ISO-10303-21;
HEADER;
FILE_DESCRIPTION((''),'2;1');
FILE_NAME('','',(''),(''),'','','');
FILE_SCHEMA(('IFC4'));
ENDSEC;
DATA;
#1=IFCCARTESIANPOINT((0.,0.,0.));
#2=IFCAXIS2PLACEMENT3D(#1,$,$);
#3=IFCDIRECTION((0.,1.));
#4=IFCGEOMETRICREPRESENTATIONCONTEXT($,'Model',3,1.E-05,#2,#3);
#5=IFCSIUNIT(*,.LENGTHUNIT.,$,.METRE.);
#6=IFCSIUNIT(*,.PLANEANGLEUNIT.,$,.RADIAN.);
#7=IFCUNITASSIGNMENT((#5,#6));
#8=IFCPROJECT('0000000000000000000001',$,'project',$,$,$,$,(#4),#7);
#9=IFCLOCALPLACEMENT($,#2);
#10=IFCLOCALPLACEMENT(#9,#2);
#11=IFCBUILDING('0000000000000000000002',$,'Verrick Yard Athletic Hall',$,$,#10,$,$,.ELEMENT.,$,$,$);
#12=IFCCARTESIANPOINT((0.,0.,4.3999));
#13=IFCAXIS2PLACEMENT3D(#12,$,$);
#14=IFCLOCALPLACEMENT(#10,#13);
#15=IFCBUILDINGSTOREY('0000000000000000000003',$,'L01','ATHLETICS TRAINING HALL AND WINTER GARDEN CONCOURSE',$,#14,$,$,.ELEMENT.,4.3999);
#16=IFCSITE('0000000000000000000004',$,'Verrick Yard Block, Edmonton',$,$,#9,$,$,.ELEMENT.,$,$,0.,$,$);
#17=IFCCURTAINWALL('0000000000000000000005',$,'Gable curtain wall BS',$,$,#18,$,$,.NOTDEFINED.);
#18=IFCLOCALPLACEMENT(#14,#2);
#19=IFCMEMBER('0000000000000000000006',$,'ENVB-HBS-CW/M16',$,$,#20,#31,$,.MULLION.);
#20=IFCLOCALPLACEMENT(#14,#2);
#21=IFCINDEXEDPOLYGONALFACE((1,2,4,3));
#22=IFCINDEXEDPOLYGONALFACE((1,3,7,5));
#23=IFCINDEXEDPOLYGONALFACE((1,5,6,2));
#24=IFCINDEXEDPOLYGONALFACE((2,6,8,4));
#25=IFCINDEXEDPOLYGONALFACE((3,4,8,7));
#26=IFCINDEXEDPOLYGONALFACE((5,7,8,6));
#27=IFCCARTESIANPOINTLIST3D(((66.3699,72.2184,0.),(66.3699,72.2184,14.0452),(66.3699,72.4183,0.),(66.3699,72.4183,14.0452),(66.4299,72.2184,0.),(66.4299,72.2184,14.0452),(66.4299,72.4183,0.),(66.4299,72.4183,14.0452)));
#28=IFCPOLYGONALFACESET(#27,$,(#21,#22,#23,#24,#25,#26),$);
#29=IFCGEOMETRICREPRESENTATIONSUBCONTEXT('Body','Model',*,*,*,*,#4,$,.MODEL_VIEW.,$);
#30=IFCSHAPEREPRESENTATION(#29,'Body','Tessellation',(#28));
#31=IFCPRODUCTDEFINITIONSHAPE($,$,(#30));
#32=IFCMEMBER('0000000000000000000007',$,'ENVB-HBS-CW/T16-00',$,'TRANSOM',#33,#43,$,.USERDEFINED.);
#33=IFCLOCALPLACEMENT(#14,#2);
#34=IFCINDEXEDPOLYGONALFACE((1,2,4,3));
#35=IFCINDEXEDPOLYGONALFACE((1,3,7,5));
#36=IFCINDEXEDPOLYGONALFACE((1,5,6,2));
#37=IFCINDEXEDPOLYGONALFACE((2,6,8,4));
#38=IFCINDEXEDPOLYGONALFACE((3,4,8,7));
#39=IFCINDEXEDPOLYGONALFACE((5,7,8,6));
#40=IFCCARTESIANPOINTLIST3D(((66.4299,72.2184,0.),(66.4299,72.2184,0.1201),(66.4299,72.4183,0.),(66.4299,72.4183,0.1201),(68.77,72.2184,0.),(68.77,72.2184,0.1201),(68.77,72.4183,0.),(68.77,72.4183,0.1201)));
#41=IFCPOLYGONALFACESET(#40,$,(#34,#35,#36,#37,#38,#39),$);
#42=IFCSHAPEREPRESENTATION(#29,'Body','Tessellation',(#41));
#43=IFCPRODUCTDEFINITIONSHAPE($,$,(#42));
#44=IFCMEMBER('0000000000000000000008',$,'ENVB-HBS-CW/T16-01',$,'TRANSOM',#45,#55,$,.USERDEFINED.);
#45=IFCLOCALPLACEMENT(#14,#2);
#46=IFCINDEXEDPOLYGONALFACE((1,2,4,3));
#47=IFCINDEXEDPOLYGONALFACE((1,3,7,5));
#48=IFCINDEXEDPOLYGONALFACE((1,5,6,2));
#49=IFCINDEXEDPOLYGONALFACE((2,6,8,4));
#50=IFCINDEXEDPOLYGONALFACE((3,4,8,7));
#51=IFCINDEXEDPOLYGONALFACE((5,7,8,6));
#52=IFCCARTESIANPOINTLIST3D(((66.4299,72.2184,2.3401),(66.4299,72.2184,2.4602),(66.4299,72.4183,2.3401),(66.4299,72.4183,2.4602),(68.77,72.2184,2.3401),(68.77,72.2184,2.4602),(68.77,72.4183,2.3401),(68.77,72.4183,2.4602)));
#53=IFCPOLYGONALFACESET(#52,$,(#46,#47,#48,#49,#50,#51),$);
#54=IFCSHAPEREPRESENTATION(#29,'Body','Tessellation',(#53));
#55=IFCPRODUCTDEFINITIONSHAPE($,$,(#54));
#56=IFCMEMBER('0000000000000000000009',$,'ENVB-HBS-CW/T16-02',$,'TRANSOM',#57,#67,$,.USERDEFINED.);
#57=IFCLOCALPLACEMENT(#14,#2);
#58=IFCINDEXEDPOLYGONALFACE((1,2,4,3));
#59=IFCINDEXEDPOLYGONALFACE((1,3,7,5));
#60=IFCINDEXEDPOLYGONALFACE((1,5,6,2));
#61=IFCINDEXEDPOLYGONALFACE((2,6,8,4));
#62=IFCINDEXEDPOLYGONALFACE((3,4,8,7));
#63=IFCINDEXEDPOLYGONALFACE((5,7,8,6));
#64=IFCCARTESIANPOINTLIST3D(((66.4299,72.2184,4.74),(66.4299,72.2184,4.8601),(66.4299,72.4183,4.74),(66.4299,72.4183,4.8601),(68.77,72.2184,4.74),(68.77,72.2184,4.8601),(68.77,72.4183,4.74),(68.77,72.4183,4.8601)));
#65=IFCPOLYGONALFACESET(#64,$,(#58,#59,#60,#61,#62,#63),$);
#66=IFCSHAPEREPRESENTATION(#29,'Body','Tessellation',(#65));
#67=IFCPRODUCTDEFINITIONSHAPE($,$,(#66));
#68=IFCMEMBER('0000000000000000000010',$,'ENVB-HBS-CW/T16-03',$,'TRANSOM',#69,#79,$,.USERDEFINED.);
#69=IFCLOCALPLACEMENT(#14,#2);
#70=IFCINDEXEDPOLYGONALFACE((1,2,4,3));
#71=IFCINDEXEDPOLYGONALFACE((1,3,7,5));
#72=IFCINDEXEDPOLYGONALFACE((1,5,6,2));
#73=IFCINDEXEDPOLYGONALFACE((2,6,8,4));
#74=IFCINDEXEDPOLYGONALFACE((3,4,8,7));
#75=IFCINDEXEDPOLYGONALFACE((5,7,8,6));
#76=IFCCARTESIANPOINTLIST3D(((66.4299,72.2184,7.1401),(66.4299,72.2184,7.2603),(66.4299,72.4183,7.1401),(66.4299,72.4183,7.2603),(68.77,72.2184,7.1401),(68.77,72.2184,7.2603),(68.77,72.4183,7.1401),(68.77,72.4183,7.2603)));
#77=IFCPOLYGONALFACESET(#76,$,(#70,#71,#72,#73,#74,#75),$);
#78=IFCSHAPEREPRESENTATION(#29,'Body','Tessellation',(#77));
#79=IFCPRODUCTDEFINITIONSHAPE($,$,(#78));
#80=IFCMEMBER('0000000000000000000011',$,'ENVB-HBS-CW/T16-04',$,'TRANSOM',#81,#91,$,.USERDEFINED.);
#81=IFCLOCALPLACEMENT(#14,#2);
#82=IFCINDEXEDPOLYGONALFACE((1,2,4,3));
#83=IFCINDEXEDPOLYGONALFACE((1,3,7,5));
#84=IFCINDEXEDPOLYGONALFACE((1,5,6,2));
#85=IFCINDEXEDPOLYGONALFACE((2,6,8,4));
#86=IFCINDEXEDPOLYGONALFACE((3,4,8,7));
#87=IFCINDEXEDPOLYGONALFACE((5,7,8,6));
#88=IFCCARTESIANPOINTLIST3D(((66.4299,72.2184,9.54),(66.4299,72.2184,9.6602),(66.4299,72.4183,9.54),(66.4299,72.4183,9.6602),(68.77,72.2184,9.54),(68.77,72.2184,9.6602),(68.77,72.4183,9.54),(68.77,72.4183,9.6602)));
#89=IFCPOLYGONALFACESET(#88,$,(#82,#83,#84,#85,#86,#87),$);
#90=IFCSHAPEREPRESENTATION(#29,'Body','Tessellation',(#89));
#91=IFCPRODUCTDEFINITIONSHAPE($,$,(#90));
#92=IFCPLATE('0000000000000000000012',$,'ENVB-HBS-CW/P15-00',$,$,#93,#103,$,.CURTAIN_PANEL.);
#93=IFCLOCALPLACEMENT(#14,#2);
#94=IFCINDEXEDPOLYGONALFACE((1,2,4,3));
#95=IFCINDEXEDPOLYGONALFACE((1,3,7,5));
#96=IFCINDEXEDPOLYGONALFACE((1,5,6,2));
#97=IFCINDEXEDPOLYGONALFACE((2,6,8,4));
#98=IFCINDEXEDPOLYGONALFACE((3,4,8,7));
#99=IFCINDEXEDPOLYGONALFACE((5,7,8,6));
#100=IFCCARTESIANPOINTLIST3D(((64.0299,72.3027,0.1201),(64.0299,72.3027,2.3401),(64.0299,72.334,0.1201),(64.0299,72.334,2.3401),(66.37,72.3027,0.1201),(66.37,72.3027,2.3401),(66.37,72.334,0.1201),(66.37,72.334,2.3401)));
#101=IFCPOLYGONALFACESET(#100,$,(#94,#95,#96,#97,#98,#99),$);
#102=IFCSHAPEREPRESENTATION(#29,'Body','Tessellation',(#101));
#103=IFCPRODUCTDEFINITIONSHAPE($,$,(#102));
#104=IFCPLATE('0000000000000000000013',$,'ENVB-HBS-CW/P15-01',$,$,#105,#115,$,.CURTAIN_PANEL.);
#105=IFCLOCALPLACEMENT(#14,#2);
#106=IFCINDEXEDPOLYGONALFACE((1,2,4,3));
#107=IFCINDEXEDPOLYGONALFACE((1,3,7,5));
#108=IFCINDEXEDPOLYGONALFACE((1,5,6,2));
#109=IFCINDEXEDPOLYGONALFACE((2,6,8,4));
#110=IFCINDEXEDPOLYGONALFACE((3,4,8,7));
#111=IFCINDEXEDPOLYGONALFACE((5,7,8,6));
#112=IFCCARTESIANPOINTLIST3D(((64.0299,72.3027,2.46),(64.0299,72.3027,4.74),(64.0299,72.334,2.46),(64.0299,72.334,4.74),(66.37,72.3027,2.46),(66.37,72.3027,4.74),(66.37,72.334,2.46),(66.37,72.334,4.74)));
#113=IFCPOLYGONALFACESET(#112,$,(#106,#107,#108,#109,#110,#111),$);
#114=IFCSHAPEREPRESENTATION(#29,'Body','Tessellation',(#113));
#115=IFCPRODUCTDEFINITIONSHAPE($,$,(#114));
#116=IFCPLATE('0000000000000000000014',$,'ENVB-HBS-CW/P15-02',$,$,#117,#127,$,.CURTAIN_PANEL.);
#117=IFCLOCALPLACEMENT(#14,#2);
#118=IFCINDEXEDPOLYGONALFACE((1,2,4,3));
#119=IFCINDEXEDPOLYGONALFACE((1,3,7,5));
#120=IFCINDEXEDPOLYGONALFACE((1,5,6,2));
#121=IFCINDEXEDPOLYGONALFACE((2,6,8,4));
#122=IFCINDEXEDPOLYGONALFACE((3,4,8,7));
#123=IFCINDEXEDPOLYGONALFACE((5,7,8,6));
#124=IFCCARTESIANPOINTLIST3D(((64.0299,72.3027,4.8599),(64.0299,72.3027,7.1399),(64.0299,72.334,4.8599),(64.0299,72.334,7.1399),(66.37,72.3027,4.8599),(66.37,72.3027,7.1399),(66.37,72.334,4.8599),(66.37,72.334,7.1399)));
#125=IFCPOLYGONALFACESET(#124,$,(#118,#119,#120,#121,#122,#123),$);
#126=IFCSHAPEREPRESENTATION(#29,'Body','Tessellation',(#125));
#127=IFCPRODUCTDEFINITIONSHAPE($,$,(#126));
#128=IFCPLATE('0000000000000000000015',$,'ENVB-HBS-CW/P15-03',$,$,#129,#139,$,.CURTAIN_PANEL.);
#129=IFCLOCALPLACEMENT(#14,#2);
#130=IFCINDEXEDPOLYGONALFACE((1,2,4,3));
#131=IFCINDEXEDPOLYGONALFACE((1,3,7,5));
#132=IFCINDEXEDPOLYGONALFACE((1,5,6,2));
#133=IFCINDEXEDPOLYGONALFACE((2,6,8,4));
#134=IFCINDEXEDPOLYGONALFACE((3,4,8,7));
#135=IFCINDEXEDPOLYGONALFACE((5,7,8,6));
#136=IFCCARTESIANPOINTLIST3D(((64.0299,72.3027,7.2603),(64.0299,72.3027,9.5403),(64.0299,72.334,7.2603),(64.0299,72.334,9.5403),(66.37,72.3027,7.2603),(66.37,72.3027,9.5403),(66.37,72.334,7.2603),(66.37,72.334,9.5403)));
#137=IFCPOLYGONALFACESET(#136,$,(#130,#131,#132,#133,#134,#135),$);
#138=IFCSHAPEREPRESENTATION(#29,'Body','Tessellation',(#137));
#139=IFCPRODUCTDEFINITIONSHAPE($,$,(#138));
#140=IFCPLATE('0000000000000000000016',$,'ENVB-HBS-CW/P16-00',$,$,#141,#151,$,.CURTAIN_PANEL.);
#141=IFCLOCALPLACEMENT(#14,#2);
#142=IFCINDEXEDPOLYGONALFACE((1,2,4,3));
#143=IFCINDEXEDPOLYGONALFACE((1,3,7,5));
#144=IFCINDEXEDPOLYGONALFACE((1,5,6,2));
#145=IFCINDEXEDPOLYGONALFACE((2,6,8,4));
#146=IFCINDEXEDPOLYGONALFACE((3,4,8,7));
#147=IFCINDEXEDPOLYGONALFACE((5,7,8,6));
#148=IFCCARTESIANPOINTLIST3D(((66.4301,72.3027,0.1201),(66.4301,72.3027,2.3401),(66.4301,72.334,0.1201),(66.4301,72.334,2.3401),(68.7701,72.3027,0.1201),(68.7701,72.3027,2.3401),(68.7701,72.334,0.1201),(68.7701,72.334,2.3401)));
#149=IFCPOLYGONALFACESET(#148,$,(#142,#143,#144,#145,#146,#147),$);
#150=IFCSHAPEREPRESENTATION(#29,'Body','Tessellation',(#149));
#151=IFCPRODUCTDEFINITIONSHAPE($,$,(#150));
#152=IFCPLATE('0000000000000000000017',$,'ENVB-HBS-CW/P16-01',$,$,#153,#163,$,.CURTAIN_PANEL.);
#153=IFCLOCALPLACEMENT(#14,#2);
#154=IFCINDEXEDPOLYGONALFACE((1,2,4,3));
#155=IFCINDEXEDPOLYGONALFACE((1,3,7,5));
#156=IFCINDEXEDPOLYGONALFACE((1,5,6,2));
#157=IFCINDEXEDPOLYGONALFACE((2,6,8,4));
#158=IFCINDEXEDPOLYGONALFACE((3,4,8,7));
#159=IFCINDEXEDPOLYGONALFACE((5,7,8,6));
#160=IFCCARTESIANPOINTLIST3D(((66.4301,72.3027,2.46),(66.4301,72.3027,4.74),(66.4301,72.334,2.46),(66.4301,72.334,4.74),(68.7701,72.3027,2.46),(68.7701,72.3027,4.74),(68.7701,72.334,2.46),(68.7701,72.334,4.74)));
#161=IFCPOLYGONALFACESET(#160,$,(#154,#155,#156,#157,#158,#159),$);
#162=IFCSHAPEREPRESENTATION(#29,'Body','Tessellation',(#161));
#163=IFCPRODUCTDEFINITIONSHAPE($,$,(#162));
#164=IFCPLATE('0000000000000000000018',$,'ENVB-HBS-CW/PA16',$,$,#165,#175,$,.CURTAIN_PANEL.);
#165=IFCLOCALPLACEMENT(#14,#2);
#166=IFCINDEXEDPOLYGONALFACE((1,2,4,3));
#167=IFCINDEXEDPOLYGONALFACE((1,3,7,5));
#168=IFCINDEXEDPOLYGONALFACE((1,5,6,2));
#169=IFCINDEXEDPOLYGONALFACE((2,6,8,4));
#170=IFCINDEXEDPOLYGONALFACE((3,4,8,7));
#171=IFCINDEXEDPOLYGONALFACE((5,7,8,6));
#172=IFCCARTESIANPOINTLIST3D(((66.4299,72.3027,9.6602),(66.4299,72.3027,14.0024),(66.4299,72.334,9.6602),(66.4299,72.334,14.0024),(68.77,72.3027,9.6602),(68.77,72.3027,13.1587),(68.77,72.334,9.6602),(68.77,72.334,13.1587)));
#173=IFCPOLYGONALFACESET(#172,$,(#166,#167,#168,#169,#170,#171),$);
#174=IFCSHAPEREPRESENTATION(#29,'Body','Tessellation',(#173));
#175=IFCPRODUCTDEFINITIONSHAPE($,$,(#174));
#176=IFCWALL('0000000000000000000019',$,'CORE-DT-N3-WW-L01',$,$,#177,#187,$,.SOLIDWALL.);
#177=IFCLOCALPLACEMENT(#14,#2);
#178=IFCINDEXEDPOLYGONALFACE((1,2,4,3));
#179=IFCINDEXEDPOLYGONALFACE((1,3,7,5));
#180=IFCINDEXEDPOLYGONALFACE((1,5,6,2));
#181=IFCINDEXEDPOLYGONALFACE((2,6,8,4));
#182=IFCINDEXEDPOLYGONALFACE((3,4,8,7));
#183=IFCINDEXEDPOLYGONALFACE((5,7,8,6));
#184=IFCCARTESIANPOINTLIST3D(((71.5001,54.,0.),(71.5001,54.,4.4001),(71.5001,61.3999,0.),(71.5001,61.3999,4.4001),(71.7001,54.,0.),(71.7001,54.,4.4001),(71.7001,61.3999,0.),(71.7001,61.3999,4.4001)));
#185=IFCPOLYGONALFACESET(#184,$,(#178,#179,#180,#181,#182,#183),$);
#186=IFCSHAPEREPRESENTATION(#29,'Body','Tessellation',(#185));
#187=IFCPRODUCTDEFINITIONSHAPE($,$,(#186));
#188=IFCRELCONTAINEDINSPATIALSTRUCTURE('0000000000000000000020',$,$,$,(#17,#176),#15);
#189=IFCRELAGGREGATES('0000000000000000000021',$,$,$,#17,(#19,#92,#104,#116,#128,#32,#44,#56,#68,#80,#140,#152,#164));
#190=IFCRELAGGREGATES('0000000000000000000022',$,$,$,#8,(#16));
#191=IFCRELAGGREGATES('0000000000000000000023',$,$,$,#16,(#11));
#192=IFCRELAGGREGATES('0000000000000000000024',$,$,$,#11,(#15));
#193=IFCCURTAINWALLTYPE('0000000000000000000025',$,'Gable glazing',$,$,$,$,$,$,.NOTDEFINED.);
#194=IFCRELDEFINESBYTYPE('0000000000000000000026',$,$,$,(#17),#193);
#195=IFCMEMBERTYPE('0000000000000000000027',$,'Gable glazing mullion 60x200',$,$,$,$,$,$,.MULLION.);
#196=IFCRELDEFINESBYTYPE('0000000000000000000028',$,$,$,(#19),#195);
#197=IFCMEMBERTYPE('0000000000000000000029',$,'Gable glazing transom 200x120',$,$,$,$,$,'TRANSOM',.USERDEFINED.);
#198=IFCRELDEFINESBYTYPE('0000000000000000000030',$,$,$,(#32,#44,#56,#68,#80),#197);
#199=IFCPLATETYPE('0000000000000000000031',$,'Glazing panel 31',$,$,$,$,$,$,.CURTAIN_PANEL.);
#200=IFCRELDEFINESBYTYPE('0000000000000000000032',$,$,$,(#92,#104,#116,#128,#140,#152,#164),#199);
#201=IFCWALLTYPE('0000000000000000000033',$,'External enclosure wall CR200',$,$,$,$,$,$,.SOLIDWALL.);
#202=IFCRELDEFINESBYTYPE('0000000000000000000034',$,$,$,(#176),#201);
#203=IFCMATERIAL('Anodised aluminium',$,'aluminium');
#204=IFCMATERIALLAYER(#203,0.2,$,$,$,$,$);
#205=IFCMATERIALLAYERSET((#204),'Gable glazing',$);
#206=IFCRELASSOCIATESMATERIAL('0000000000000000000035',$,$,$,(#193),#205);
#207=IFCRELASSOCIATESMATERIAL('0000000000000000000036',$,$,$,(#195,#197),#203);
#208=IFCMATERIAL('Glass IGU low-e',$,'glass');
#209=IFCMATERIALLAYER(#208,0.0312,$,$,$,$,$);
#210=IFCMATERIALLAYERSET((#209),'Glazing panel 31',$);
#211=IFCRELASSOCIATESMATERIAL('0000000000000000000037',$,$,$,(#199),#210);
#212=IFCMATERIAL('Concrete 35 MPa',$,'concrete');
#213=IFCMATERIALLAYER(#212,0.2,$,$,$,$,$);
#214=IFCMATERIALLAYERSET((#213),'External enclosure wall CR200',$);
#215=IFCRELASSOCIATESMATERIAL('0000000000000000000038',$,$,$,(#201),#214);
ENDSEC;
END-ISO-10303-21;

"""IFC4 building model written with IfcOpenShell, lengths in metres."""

from ifc_helpers import new_model, si_unit, direction, frame, frame_2d, origin, origin_2d, place, context, subcontext, project, spatial, polyline, rectangle, outline, extrude, material, layer, layer_set, material_profile, profile_set, type_object, element, aggregate, save


model = new_model("IFC4")

# Units and contexts
model_context = context("Model", 3, precision=1e-05, world=origin(), true_north=direction((0.0, 1.0)))
body_context = subcontext(model_context, "Body", "Model", "MODEL_VIEW")
ifc_project = project(units=[si_unit("LENGTHUNIT", "METRE"), si_unit("PLANEANGLEUNIT", "RADIAN")], contexts=[model_context])

# Site, building, storey
site_placement = place(None, origin())
site = spatial("IfcSite", under=ifc_project, at=site_placement, Name="Verrick Yard Block, Edmonton", CompositionType="ELEMENT", RefElevation=0.0)
building_placement = place(site_placement, origin())
building = spatial("IfcBuilding", under=site, at=building_placement, Name="Verrick Yard Athletic Hall", CompositionType="ELEMENT")
storey_placement = place(building_placement, frame((0.0, 0.0, 4.3999)))
storey = spatial("IfcBuildingStorey", under=building, at=storey_placement, Name="L01", Description="ATHLETICS TRAINING HALL AND WINTER GARDEN CONCOURSE", CompositionType="ELEMENT", Elevation=4.3999)

# Curtain wall, members, plates
ifc_material_1 = material(Name="Anodised aluminium", Category="aluminium")
ifc_layer_1 = layer(ifc_material_1, 0.2)
ifc_layer_set_1 = layer_set([ifc_layer_1], Name="Gable glazing")
curtain_wall_type = type_object("IfcCurtainWallType", Name="Gable glazing", PredefinedType="NOTDEFINED", material=ifc_layer_set_1)
curtain_wall_placement = place(storey_placement, origin())
curtain_wall = element("IfcCurtainWall", 1, at=curtain_wall_placement, inside=storey, type_object=curtain_wall_type, Name="Gable curtain wall BS", PredefinedType="NOTDEFINED")
ifc_material_profile_1 = material_profile(ifc_material_1, rectangle(XDim=0.2, YDim=0.0601, at=origin_2d()), Name="CW gable mullion 60x200")
ifc_profile_set_1 = profile_set([ifc_material_profile_1], Name="Anodised aluminium")
member_type_1 = type_object("IfcMemberType", Name="Gable glazing mullion 60x200", PredefinedType="MULLION", material=ifc_profile_set_1)
member_1_placement = place(storey_placement, frame((66.3999, 72.3184, 0.0), z_axis=(0.0, 0.0, 1.0), x_axis=(0.0, 1.0, 0.0)))
member_1 = element("IfcMember", 2, at=member_1_placement, type_object=member_type_1, Name="ENVB-HBS-CW/M16", PredefinedType="MULLION", context=body_context, shape_type="SweptSolid", body=[
    extrude(rectangle(XDim=0.2, YDim=0.0601, at=origin_2d()), origin(), (0.0, 0.0, 1.0), 14.0452),
])
ifc_material_profile_2 = material_profile(ifc_material_1, rectangle(XDim=0.2, YDim=0.1201, at=origin_2d()), Name="CW gable transom 200x120")
ifc_profile_set_2 = profile_set([ifc_material_profile_2], Name="Anodised aluminium")
member_type_2 = type_object("IfcMemberType", Name="Gable glazing transom 200x120", ElementType="TRANSOM", PredefinedType="USERDEFINED", material=ifc_profile_set_2)
member_2_placement = place(storey_placement, frame((66.4299, 72.3184, 0.0601), z_axis=(1.0, 0.0, 0.0), x_axis=(0.0, 1.0, 0.0)))
member_2 = element("IfcMember", 3, at=member_2_placement, type_object=member_type_2, Name="ENVB-HBS-CW/T16-00", ObjectType="TRANSOM", PredefinedType="USERDEFINED", context=body_context, shape_type="SweptSolid", body=[
    extrude(rectangle(XDim=0.2, YDim=0.1201, at=origin_2d()), origin(), (0.0, 0.0, 1.0), 2.3401),
])
member_3_placement = place(storey_placement, frame((66.4299, 72.3184, 2.4001), z_axis=(1.0, 0.0, 0.0), x_axis=(0.0, 1.0, 0.0)))
member_3 = element("IfcMember", 4, at=member_3_placement, type_object=member_type_2, Name="ENVB-HBS-CW/T16-01", ObjectType="TRANSOM", PredefinedType="USERDEFINED", context=body_context, shape_type="SweptSolid", body=[
    extrude(rectangle(XDim=0.2, YDim=0.1201, at=origin_2d()), origin(), (0.0, 0.0, 1.0), 2.3401),
])
member_4_placement = place(storey_placement, frame((66.4299, 72.3184, 4.8), z_axis=(1.0, 0.0, 0.0), x_axis=(0.0, 1.0, 0.0)))
member_4 = element("IfcMember", 5, at=member_4_placement, type_object=member_type_2, Name="ENVB-HBS-CW/T16-02", ObjectType="TRANSOM", PredefinedType="USERDEFINED", context=body_context, shape_type="SweptSolid", body=[
    extrude(rectangle(XDim=0.2, YDim=0.1201, at=origin_2d()), origin(), (0.0, 0.0, 1.0), 2.3401),
])
member_5_placement = place(storey_placement, frame((66.4299, 72.3184, 7.2002), z_axis=(1.0, 0.0, 0.0), x_axis=(0.0, 1.0, 0.0)))
member_5 = element("IfcMember", 6, at=member_5_placement, type_object=member_type_2, Name="ENVB-HBS-CW/T16-03", ObjectType="TRANSOM", PredefinedType="USERDEFINED", context=body_context, shape_type="SweptSolid", body=[
    extrude(rectangle(XDim=0.2, YDim=0.1201, at=origin_2d()), origin(), (0.0, 0.0, 1.0), 2.3401),
])
member_6_placement = place(storey_placement, frame((66.4299, 72.3184, 9.6001), z_axis=(1.0, 0.0, 0.0), x_axis=(0.0, 1.0, 0.0)))
member_6 = element("IfcMember", 7, at=member_6_placement, type_object=member_type_2, Name="ENVB-HBS-CW/T16-04", ObjectType="TRANSOM", PredefinedType="USERDEFINED", context=body_context, shape_type="SweptSolid", body=[
    extrude(rectangle(XDim=0.2, YDim=0.1201, at=origin_2d()), origin(), (0.0, 0.0, 1.0), 2.3401),
])
ifc_material_2 = material(Name="Glass IGU low-e", Category="glass")
ifc_layer_2 = layer(ifc_material_2, 0.0312)
ifc_layer_set_2 = layer_set([ifc_layer_2], Name="Glazing panel 31")
plate_type = type_object("IfcPlateType", Name="Glazing panel 31", PredefinedType="CURTAIN_PANEL", material=ifc_layer_set_2)
plate_1_placement = place(storey_placement, frame((65.2, 72.3184, 0.1201), z_axis=(0.0, 0.0, 1.0), x_axis=(1.0, 0.0, 0.0)))
plate_1 = element("IfcPlate", 8, at=plate_1_placement, type_object=plate_type, Name="ENVB-HBS-CW/P15-00", PredefinedType="CURTAIN_PANEL", context=body_context, shape_type="SweptSolid", body=[
    extrude(rectangle(XDim=2.3401, YDim=0.0312, at=origin_2d()), origin(), (0.0, 0.0, 1.0), 2.22),
])
plate_2_placement = place(storey_placement, frame((65.2, 72.3184, 2.46), z_axis=(0.0, 0.0, 1.0), x_axis=(1.0, 0.0, 0.0)))
plate_2 = element("IfcPlate", 9, at=plate_2_placement, type_object=plate_type, Name="ENVB-HBS-CW/P15-01", PredefinedType="CURTAIN_PANEL", context=body_context, shape_type="SweptSolid", body=[
    extrude(rectangle(XDim=2.3401, YDim=0.0312, at=origin_2d()), origin(), (0.0, 0.0, 1.0), 2.28),
])
plate_3_placement = place(storey_placement, frame((65.2, 72.3184, 4.8599), z_axis=(0.0, 0.0, 1.0), x_axis=(1.0, 0.0, 0.0)))
plate_3 = element("IfcPlate", 10, at=plate_3_placement, type_object=plate_type, Name="ENVB-HBS-CW/P15-02", PredefinedType="CURTAIN_PANEL", context=body_context, shape_type="SweptSolid", body=[
    extrude(rectangle(XDim=2.3401, YDim=0.0312, at=origin_2d()), origin(), (0.0, 0.0, 1.0), 2.28),
])
plate_4_placement = place(storey_placement, frame((65.2, 72.3184, 7.2603), z_axis=(0.0, 0.0, 1.0), x_axis=(1.0, 0.0, 0.0)))
plate_4 = element("IfcPlate", 11, at=plate_4_placement, type_object=plate_type, Name="ENVB-HBS-CW/P15-03", PredefinedType="CURTAIN_PANEL", context=body_context, shape_type="SweptSolid", body=[
    extrude(rectangle(XDim=2.3401, YDim=0.0312, at=origin_2d()), origin(), (0.0, 0.0, 1.0), 2.28),
])
plate_5_placement = place(storey_placement, frame((67.6001, 72.3184, 0.1201), z_axis=(0.0, 0.0, 1.0), x_axis=(1.0, 0.0, 0.0)))
plate_5 = element("IfcPlate", 12, at=plate_5_placement, type_object=plate_type, Name="ENVB-HBS-CW/P16-00", PredefinedType="CURTAIN_PANEL", context=body_context, shape_type="SweptSolid", body=[
    extrude(rectangle(XDim=2.3401, YDim=0.0312, at=origin_2d()), origin(), (0.0, 0.0, 1.0), 2.22),
])
plate_6_placement = place(storey_placement, frame((67.6001, 72.3184, 2.46), z_axis=(0.0, 0.0, 1.0), x_axis=(1.0, 0.0, 0.0)))
plate_6 = element("IfcPlate", 13, at=plate_6_placement, type_object=plate_type, Name="ENVB-HBS-CW/P16-01", PredefinedType="CURTAIN_PANEL", context=body_context, shape_type="SweptSolid", body=[
    extrude(rectangle(XDim=2.3401, YDim=0.0312, at=origin_2d()), origin(), (0.0, 0.0, 1.0), 2.28),
])
plate_7_placement = place(storey_placement, frame((66.4299, 72.3184, 9.6602), z_axis=(0.0, 0.0, 1.0), x_axis=(1.0, 0.0, 0.0)))
plate_7 = element("IfcPlate", 14, at=plate_7_placement, type_object=plate_type, Name="ENVB-HBS-CW/PA16", PredefinedType="CURTAIN_PANEL", context=body_context, shape_type="SweptSolid", body=[
    extrude(outline(polyline([(0.0, 4.3423), (2.3401, 3.4985), (2.3401, 0.0), (0.0, 0.0), (0.0, 4.3423)])), frame((0.0, 0.0156, 0.0), z_axis=(0.0, -1.0, 0.0), x_axis=(1.0, 0.0, 0.0)), (0.0, 0.0, 1.0), 0.0312),
])
aggregate(curtain_wall, [member_1, plate_1, plate_2, plate_3, plate_4, member_2, member_3, member_4, member_5, member_6, plate_5, plate_6, plate_7])

# Wall
ifc_material_3 = material(Name="Concrete 35 MPa", Category="concrete")
ifc_layer_3 = layer(ifc_material_3, 0.2)
ifc_layer_set_3 = layer_set([ifc_layer_3], Name="External enclosure wall CR200")
wall_type = type_object("IfcWallType", Name="External enclosure wall CR200", PredefinedType="SOLIDWALL", material=ifc_layer_set_3)
wall_placement = place(storey_placement, frame((71.6001, 54.0, 0.0), z_axis=(0.0, 0.0, 1.0), x_axis=(0.0, 1.0, 0.0)))
element("IfcWall", 15, at=wall_placement, inside=storey, type_object=wall_type, Name="CORE-DT-N3-WW-L01", PredefinedType="SOLIDWALL", context=body_context, shape_type="SweptSolid", body=[
    extrude(rectangle(XDim=7.3999, YDim=0.2, at=frame_2d((3.7, 0.0))), origin(), (0.0, 0.0, 1.0), 4.4001),
])

save(model, "model.ifc")
